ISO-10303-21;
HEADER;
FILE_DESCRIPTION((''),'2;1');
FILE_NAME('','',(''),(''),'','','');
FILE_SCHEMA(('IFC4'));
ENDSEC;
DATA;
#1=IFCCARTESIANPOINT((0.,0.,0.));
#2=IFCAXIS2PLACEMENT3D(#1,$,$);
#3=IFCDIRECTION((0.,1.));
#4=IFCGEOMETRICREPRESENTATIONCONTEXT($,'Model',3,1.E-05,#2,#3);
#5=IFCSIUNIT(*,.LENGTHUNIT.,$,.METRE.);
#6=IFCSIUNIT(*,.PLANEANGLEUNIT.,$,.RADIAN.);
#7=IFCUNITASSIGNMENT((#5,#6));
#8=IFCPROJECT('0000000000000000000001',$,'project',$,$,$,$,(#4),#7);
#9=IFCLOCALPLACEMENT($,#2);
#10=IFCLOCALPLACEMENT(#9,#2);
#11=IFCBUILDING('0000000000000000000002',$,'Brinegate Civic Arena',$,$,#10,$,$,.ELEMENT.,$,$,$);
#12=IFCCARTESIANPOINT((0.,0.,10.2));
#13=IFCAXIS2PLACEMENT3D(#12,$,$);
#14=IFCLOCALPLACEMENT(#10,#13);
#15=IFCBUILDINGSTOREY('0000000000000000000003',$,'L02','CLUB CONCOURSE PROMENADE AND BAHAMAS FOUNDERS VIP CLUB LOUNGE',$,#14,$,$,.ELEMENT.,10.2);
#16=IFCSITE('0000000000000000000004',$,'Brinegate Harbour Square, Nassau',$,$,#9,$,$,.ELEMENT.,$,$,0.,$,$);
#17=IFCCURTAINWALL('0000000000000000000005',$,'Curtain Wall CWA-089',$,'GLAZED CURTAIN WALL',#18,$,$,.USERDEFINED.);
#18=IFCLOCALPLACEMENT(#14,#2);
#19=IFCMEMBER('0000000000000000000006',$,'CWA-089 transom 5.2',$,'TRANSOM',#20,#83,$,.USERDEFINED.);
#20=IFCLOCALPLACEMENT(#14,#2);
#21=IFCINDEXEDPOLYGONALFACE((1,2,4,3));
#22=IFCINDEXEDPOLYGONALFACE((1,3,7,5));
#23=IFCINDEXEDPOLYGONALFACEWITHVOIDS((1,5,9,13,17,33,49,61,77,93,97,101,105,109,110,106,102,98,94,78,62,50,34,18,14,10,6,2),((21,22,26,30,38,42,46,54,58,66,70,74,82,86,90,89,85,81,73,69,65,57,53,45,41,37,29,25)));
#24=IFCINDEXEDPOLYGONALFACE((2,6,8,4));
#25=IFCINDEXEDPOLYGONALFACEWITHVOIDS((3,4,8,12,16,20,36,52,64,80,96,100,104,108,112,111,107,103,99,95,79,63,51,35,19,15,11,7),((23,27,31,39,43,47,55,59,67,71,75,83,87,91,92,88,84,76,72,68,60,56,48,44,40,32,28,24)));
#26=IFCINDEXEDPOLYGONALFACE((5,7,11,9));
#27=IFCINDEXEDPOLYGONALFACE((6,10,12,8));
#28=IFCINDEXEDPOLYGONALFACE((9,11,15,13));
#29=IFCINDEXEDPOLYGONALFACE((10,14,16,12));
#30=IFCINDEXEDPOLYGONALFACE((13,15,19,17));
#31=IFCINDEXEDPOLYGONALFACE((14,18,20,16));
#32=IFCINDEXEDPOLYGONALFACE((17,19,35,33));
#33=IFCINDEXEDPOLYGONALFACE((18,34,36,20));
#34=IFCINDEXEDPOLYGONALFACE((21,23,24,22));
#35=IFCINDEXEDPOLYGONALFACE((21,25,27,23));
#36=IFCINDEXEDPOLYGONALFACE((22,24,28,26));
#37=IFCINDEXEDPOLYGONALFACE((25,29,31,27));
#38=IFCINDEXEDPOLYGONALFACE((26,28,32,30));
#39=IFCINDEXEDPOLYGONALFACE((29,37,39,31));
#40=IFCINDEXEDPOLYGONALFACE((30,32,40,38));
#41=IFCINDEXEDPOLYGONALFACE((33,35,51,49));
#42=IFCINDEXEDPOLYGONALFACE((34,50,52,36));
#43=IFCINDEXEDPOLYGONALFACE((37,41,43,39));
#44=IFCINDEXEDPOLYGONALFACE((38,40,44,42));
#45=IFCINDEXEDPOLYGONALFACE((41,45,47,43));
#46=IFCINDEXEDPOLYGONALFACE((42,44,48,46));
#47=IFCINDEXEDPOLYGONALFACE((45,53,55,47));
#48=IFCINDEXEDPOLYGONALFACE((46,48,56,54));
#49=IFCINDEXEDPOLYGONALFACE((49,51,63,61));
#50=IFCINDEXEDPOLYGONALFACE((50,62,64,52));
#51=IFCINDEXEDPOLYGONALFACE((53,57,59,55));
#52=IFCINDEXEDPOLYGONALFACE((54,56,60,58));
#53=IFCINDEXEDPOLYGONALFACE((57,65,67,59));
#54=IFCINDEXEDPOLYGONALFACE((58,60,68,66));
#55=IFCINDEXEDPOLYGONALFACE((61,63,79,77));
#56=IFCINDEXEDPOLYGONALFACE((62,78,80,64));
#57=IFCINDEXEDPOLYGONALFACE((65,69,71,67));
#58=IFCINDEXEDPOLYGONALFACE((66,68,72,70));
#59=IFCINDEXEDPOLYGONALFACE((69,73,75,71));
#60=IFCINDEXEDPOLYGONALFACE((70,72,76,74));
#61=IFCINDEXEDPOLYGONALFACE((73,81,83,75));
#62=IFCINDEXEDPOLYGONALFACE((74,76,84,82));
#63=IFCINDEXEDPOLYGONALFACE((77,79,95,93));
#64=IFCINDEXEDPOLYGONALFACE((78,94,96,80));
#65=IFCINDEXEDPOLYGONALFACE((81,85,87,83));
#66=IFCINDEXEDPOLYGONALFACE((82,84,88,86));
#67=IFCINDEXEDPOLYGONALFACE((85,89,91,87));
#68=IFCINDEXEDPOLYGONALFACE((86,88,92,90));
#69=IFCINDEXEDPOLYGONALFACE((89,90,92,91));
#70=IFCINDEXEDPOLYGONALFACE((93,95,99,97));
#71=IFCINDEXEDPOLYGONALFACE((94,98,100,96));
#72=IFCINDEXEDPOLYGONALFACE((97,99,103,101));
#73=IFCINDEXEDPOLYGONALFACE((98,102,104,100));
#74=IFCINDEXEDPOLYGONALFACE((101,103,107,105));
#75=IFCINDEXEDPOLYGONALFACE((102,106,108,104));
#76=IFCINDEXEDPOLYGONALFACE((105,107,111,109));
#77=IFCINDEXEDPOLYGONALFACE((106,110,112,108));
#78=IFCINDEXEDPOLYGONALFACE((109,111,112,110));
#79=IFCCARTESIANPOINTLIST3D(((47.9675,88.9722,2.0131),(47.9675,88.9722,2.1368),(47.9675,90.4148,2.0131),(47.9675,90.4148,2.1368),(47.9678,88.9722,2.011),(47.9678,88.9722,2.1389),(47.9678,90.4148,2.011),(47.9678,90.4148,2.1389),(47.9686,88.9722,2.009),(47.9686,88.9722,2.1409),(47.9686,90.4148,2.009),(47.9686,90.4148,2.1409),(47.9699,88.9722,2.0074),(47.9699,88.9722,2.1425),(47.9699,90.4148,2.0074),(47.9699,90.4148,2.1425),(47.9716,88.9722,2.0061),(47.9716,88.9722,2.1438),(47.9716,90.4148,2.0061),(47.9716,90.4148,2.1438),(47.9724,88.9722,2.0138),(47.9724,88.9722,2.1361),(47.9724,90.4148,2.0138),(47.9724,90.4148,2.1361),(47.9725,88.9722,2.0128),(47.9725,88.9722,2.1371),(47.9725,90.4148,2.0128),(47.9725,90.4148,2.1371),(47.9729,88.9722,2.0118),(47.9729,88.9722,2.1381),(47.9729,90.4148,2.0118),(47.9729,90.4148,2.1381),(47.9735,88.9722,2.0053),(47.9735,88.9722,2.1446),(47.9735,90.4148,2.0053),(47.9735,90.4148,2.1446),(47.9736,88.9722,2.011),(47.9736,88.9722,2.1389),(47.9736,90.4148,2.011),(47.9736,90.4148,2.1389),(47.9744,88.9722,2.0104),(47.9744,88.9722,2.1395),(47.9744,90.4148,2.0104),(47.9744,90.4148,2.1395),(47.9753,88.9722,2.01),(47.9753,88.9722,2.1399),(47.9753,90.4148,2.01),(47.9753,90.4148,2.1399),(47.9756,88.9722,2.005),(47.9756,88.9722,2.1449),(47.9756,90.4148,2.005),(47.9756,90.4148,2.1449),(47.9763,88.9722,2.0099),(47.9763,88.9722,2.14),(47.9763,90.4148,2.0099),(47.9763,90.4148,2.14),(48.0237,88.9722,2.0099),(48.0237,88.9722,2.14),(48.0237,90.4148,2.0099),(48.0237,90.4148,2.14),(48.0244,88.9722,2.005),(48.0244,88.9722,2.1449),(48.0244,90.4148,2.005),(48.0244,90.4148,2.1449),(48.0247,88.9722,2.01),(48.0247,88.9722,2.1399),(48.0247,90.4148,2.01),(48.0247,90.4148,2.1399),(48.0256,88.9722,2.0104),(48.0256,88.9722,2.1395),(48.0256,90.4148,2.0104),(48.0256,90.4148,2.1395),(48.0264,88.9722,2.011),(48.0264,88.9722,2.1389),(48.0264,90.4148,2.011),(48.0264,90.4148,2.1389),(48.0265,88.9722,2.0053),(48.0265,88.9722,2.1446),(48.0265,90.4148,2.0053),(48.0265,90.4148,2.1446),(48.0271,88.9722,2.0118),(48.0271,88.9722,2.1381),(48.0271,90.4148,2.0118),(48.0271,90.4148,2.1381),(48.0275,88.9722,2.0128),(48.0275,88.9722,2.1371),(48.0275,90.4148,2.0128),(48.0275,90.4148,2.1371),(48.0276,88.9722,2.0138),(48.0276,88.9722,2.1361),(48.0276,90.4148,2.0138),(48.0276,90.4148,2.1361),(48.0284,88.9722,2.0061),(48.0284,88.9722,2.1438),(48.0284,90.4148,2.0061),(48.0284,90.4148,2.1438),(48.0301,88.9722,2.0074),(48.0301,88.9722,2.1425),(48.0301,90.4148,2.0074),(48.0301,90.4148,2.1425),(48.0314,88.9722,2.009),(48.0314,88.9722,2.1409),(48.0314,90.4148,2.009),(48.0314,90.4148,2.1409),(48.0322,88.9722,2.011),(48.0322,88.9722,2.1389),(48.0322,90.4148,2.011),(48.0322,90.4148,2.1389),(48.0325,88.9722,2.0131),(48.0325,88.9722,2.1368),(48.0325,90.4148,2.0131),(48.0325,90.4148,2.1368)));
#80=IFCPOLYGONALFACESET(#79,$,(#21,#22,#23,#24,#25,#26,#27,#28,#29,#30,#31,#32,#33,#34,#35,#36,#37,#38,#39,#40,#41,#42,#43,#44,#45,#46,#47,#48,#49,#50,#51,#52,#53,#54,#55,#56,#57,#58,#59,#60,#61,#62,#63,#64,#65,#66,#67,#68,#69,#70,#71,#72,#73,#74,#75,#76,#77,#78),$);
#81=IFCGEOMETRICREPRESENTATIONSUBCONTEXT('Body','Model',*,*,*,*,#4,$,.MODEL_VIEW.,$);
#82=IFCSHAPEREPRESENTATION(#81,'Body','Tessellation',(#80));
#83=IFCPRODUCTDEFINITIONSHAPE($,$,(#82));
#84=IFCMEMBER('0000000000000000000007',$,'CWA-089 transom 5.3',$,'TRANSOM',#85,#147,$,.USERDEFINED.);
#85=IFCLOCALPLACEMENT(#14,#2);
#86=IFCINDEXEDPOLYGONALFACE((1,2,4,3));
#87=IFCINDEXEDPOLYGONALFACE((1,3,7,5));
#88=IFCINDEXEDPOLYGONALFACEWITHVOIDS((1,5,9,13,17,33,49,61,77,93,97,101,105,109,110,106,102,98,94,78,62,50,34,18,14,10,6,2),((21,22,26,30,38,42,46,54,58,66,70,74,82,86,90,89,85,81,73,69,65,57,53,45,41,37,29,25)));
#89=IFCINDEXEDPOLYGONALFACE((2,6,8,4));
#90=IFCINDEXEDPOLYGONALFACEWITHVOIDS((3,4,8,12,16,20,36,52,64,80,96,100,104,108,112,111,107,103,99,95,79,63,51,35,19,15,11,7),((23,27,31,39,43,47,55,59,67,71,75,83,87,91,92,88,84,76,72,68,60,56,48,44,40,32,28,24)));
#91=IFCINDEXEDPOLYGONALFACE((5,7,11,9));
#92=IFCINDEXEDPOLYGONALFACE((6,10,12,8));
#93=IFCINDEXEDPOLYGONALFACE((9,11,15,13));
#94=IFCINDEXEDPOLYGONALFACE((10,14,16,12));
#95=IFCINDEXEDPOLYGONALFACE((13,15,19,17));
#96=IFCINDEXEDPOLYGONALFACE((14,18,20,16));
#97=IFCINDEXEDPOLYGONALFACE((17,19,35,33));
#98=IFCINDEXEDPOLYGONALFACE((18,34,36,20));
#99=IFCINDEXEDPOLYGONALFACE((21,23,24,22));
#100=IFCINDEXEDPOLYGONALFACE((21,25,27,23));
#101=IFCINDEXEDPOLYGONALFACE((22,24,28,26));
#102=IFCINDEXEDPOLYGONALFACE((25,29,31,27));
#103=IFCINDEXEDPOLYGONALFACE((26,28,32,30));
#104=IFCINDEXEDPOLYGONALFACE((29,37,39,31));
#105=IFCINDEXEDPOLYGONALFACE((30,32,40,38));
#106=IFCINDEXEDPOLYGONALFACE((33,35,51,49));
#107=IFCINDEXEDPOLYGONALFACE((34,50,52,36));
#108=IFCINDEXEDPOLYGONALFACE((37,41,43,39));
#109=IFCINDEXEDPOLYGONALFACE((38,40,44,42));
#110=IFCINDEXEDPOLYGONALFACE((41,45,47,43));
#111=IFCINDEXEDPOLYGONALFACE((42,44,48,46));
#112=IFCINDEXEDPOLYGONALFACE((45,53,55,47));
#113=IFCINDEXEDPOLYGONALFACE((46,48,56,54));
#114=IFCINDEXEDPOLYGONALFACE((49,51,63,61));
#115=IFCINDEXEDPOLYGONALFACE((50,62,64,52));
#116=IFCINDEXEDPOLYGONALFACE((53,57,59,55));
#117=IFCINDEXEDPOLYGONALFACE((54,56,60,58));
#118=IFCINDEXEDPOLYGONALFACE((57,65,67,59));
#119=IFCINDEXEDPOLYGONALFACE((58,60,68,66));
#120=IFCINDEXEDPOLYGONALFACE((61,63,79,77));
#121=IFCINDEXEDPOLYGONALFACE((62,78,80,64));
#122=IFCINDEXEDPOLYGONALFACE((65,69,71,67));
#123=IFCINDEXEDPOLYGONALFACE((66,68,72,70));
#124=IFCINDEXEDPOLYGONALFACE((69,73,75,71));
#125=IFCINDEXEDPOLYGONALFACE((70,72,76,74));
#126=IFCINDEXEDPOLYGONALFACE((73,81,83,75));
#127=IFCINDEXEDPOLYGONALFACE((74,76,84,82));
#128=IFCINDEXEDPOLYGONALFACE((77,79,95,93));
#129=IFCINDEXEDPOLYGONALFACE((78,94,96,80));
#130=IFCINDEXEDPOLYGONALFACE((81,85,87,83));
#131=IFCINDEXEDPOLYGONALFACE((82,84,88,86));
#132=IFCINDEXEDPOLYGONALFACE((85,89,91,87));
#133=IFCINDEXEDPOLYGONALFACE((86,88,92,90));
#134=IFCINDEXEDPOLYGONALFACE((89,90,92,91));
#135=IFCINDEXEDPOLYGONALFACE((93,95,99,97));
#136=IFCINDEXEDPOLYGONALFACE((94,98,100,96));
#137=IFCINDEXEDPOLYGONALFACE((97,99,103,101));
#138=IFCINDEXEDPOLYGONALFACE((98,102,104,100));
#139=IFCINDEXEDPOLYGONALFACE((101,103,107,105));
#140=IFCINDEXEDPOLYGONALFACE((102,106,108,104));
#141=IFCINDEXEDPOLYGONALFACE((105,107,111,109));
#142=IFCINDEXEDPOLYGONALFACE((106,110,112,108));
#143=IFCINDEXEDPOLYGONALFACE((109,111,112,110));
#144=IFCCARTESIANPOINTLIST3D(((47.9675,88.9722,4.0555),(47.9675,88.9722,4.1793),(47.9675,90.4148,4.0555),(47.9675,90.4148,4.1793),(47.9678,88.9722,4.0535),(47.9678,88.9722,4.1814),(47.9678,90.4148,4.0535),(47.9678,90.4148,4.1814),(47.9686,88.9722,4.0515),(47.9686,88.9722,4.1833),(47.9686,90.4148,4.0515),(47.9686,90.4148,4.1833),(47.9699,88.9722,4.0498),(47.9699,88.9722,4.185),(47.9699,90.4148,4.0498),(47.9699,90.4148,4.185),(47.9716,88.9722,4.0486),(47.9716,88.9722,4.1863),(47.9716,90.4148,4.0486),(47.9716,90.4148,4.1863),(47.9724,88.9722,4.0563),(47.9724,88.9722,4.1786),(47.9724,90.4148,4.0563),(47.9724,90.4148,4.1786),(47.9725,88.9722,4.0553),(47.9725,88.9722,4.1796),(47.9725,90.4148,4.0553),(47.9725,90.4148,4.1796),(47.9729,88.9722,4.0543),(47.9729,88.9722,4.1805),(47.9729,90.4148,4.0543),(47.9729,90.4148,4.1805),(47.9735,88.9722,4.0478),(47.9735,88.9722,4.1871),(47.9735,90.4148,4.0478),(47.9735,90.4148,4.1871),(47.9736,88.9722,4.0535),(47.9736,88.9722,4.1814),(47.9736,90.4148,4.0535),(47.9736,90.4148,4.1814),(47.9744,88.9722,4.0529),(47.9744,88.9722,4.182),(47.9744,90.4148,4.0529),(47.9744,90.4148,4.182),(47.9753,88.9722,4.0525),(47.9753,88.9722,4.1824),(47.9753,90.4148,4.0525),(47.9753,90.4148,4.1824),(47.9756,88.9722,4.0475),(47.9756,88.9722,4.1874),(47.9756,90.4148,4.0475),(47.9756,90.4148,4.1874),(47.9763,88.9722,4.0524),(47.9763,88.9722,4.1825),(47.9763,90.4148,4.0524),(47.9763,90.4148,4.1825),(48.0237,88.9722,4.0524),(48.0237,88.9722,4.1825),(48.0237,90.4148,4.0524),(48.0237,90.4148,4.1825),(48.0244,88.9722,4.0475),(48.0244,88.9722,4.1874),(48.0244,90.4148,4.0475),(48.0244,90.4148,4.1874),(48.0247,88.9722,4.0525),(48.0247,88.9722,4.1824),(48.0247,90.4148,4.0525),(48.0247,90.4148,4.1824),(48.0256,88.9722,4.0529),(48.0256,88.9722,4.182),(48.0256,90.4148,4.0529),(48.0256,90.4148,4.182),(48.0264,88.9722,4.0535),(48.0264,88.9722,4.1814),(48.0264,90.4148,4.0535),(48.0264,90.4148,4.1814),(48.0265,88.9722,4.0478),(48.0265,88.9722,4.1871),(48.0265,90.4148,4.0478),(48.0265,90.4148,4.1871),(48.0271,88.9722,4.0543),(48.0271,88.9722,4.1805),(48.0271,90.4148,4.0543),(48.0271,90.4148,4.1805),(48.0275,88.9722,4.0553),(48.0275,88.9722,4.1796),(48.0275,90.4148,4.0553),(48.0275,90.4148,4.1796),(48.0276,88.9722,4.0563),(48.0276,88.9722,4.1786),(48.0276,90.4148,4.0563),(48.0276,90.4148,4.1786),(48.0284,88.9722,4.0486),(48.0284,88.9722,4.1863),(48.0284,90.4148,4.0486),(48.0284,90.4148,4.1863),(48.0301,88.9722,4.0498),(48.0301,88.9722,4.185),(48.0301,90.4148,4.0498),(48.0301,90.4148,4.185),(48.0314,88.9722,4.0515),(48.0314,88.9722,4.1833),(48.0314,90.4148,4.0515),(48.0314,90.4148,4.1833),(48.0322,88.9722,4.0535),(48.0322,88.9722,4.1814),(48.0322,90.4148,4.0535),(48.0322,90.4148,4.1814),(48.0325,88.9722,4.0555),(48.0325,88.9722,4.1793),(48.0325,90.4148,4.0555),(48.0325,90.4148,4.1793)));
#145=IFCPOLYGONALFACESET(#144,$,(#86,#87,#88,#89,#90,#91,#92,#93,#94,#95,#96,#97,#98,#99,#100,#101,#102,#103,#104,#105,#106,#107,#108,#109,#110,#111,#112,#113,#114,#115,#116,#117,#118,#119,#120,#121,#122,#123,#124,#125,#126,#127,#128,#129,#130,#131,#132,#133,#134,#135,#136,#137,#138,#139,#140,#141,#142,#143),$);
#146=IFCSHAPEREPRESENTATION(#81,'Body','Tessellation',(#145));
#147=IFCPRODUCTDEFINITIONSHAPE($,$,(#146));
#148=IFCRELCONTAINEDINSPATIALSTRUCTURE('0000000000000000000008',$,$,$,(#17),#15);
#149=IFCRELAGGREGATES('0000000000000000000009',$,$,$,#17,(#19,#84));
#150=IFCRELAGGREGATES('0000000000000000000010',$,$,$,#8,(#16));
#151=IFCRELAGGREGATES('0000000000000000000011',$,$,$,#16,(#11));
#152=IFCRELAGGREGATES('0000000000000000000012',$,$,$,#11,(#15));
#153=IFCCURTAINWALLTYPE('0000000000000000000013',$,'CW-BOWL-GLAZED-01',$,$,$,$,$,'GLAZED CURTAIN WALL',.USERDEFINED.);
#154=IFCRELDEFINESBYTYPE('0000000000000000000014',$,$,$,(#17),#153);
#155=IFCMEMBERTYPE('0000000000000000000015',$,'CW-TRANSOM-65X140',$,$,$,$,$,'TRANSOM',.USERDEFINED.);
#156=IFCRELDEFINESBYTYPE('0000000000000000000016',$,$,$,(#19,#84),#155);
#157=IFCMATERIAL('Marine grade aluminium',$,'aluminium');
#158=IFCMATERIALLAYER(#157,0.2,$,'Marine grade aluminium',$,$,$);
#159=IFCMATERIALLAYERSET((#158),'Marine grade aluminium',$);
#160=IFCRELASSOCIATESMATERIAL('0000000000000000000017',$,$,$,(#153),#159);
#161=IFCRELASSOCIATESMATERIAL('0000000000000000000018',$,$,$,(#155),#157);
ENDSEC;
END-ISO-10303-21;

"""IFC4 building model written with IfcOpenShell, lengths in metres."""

from ifc_helpers import new_model, si_unit, direction, frame, origin, origin_2d, place, context, subcontext, project, spatial, hollow_rectangle, extrude, material, layer, layer_set, material_profile, profile_set, type_object, element, aggregate, save


model = new_model("IFC4")

# Units and contexts
model_context = context("Model", 3, precision=1e-05, world=origin(), true_north=direction((0.0, 1.0)))
body_context = subcontext(model_context, "Body", "Model", "MODEL_VIEW")
ifc_project = project(units=[si_unit("LENGTHUNIT", "METRE"), si_unit("PLANEANGLEUNIT", "RADIAN")], contexts=[model_context])

# Site, building, storey
site_placement = place(None, origin())
site = spatial("IfcSite", under=ifc_project, at=site_placement, Name="Brinegate Harbour Square, Nassau", CompositionType="ELEMENT", RefElevation=0.0)
building_placement = place(site_placement, origin())
building = spatial("IfcBuilding", under=site, at=building_placement, Name="Brinegate Civic Arena", CompositionType="ELEMENT")
storey_placement = place(building_placement, frame((0.0, 0.0, 10.2)))
storey = spatial("IfcBuildingStorey", under=building, at=storey_placement, Name="L02", Description="CLUB CONCOURSE PROMENADE AND BAHAMAS FOUNDERS VIP CLUB LOUNGE", CompositionType="ELEMENT", Elevation=10.2)

# Curtain wall, members
ifc_material_1 = material(Name="Marine grade aluminium", Category="aluminium")
ifc_layer_1 = layer(ifc_material_1, 0.2, Name="Marine grade aluminium")
ifc_layer_set_1 = layer_set([ifc_layer_1], Name="Marine grade aluminium")
curtain_wall_type = type_object("IfcCurtainWallType", Name="CW-BOWL-GLAZED-01", ElementType="GLAZED CURTAIN WALL", PredefinedType="USERDEFINED", material=ifc_layer_set_1)
curtain_wall_placement = place(storey_placement, origin())
curtain_wall = element("IfcCurtainWall", 1, at=curtain_wall_placement, inside=storey, type_object=curtain_wall_type, Name="Curtain Wall CWA-089", ObjectType="GLAZED CURTAIN WALL", PredefinedType="USERDEFINED")
ifc_material_profile_1 = material_profile(ifc_material_1, hollow_rectangle(XDim=0.0649, YDim=0.1399, WallThickness=0.0049, InnerFilletRadius=0.0039, OuterFilletRadius=0.0081, at=origin_2d()), Name="TRN65X140")
ifc_profile_set_1 = profile_set([ifc_material_profile_1], Name="Marine grade aluminium")
member_type_1 = type_object("IfcMemberType", Name="CW-TRANSOM-65X140", ElementType="TRANSOM", PredefinedType="USERDEFINED", material=ifc_profile_set_1)
member_1_placement = place(storey_placement, frame((48.0, 88.9722, 2.075), z_axis=(0.0, 1.0, 0.0), x_axis=(-1.0, 0.0, 0.0)))
member_1 = element("IfcMember", 2, at=member_1_placement, type_object=member_type_1, Name="CWA-089 transom 5.2", ObjectType="TRANSOM", PredefinedType="USERDEFINED", context=body_context, shape_type="SweptSolid", body=[
    extrude(hollow_rectangle(XDim=0.0649, YDim=0.1399, WallThickness=0.0049, InnerFilletRadius=0.0039, OuterFilletRadius=0.0081, at=origin_2d()), origin(), (0.0, 0.0, 1.0), 1.4426),
])
member_2_placement = place(storey_placement, frame((48.0, 88.9722, 4.1174), z_axis=(0.0, 1.0, 0.0), x_axis=(-1.0, 0.0, 0.0)))
member_2 = element("IfcMember", 3, at=member_2_placement, type_object=member_type_1, Name="CWA-089 transom 5.3", ObjectType="TRANSOM", PredefinedType="USERDEFINED", context=body_context, shape_type="SweptSolid", body=[
    extrude(hollow_rectangle(XDim=0.0649, YDim=0.1399, WallThickness=0.0049, InnerFilletRadius=0.0039, OuterFilletRadius=0.0081, at=origin_2d()), origin(), (0.0, 0.0, 1.0), 1.4426),
])

aggregate(curtain_wall, [member_1, member_2])

save(model, "model.ifc")
